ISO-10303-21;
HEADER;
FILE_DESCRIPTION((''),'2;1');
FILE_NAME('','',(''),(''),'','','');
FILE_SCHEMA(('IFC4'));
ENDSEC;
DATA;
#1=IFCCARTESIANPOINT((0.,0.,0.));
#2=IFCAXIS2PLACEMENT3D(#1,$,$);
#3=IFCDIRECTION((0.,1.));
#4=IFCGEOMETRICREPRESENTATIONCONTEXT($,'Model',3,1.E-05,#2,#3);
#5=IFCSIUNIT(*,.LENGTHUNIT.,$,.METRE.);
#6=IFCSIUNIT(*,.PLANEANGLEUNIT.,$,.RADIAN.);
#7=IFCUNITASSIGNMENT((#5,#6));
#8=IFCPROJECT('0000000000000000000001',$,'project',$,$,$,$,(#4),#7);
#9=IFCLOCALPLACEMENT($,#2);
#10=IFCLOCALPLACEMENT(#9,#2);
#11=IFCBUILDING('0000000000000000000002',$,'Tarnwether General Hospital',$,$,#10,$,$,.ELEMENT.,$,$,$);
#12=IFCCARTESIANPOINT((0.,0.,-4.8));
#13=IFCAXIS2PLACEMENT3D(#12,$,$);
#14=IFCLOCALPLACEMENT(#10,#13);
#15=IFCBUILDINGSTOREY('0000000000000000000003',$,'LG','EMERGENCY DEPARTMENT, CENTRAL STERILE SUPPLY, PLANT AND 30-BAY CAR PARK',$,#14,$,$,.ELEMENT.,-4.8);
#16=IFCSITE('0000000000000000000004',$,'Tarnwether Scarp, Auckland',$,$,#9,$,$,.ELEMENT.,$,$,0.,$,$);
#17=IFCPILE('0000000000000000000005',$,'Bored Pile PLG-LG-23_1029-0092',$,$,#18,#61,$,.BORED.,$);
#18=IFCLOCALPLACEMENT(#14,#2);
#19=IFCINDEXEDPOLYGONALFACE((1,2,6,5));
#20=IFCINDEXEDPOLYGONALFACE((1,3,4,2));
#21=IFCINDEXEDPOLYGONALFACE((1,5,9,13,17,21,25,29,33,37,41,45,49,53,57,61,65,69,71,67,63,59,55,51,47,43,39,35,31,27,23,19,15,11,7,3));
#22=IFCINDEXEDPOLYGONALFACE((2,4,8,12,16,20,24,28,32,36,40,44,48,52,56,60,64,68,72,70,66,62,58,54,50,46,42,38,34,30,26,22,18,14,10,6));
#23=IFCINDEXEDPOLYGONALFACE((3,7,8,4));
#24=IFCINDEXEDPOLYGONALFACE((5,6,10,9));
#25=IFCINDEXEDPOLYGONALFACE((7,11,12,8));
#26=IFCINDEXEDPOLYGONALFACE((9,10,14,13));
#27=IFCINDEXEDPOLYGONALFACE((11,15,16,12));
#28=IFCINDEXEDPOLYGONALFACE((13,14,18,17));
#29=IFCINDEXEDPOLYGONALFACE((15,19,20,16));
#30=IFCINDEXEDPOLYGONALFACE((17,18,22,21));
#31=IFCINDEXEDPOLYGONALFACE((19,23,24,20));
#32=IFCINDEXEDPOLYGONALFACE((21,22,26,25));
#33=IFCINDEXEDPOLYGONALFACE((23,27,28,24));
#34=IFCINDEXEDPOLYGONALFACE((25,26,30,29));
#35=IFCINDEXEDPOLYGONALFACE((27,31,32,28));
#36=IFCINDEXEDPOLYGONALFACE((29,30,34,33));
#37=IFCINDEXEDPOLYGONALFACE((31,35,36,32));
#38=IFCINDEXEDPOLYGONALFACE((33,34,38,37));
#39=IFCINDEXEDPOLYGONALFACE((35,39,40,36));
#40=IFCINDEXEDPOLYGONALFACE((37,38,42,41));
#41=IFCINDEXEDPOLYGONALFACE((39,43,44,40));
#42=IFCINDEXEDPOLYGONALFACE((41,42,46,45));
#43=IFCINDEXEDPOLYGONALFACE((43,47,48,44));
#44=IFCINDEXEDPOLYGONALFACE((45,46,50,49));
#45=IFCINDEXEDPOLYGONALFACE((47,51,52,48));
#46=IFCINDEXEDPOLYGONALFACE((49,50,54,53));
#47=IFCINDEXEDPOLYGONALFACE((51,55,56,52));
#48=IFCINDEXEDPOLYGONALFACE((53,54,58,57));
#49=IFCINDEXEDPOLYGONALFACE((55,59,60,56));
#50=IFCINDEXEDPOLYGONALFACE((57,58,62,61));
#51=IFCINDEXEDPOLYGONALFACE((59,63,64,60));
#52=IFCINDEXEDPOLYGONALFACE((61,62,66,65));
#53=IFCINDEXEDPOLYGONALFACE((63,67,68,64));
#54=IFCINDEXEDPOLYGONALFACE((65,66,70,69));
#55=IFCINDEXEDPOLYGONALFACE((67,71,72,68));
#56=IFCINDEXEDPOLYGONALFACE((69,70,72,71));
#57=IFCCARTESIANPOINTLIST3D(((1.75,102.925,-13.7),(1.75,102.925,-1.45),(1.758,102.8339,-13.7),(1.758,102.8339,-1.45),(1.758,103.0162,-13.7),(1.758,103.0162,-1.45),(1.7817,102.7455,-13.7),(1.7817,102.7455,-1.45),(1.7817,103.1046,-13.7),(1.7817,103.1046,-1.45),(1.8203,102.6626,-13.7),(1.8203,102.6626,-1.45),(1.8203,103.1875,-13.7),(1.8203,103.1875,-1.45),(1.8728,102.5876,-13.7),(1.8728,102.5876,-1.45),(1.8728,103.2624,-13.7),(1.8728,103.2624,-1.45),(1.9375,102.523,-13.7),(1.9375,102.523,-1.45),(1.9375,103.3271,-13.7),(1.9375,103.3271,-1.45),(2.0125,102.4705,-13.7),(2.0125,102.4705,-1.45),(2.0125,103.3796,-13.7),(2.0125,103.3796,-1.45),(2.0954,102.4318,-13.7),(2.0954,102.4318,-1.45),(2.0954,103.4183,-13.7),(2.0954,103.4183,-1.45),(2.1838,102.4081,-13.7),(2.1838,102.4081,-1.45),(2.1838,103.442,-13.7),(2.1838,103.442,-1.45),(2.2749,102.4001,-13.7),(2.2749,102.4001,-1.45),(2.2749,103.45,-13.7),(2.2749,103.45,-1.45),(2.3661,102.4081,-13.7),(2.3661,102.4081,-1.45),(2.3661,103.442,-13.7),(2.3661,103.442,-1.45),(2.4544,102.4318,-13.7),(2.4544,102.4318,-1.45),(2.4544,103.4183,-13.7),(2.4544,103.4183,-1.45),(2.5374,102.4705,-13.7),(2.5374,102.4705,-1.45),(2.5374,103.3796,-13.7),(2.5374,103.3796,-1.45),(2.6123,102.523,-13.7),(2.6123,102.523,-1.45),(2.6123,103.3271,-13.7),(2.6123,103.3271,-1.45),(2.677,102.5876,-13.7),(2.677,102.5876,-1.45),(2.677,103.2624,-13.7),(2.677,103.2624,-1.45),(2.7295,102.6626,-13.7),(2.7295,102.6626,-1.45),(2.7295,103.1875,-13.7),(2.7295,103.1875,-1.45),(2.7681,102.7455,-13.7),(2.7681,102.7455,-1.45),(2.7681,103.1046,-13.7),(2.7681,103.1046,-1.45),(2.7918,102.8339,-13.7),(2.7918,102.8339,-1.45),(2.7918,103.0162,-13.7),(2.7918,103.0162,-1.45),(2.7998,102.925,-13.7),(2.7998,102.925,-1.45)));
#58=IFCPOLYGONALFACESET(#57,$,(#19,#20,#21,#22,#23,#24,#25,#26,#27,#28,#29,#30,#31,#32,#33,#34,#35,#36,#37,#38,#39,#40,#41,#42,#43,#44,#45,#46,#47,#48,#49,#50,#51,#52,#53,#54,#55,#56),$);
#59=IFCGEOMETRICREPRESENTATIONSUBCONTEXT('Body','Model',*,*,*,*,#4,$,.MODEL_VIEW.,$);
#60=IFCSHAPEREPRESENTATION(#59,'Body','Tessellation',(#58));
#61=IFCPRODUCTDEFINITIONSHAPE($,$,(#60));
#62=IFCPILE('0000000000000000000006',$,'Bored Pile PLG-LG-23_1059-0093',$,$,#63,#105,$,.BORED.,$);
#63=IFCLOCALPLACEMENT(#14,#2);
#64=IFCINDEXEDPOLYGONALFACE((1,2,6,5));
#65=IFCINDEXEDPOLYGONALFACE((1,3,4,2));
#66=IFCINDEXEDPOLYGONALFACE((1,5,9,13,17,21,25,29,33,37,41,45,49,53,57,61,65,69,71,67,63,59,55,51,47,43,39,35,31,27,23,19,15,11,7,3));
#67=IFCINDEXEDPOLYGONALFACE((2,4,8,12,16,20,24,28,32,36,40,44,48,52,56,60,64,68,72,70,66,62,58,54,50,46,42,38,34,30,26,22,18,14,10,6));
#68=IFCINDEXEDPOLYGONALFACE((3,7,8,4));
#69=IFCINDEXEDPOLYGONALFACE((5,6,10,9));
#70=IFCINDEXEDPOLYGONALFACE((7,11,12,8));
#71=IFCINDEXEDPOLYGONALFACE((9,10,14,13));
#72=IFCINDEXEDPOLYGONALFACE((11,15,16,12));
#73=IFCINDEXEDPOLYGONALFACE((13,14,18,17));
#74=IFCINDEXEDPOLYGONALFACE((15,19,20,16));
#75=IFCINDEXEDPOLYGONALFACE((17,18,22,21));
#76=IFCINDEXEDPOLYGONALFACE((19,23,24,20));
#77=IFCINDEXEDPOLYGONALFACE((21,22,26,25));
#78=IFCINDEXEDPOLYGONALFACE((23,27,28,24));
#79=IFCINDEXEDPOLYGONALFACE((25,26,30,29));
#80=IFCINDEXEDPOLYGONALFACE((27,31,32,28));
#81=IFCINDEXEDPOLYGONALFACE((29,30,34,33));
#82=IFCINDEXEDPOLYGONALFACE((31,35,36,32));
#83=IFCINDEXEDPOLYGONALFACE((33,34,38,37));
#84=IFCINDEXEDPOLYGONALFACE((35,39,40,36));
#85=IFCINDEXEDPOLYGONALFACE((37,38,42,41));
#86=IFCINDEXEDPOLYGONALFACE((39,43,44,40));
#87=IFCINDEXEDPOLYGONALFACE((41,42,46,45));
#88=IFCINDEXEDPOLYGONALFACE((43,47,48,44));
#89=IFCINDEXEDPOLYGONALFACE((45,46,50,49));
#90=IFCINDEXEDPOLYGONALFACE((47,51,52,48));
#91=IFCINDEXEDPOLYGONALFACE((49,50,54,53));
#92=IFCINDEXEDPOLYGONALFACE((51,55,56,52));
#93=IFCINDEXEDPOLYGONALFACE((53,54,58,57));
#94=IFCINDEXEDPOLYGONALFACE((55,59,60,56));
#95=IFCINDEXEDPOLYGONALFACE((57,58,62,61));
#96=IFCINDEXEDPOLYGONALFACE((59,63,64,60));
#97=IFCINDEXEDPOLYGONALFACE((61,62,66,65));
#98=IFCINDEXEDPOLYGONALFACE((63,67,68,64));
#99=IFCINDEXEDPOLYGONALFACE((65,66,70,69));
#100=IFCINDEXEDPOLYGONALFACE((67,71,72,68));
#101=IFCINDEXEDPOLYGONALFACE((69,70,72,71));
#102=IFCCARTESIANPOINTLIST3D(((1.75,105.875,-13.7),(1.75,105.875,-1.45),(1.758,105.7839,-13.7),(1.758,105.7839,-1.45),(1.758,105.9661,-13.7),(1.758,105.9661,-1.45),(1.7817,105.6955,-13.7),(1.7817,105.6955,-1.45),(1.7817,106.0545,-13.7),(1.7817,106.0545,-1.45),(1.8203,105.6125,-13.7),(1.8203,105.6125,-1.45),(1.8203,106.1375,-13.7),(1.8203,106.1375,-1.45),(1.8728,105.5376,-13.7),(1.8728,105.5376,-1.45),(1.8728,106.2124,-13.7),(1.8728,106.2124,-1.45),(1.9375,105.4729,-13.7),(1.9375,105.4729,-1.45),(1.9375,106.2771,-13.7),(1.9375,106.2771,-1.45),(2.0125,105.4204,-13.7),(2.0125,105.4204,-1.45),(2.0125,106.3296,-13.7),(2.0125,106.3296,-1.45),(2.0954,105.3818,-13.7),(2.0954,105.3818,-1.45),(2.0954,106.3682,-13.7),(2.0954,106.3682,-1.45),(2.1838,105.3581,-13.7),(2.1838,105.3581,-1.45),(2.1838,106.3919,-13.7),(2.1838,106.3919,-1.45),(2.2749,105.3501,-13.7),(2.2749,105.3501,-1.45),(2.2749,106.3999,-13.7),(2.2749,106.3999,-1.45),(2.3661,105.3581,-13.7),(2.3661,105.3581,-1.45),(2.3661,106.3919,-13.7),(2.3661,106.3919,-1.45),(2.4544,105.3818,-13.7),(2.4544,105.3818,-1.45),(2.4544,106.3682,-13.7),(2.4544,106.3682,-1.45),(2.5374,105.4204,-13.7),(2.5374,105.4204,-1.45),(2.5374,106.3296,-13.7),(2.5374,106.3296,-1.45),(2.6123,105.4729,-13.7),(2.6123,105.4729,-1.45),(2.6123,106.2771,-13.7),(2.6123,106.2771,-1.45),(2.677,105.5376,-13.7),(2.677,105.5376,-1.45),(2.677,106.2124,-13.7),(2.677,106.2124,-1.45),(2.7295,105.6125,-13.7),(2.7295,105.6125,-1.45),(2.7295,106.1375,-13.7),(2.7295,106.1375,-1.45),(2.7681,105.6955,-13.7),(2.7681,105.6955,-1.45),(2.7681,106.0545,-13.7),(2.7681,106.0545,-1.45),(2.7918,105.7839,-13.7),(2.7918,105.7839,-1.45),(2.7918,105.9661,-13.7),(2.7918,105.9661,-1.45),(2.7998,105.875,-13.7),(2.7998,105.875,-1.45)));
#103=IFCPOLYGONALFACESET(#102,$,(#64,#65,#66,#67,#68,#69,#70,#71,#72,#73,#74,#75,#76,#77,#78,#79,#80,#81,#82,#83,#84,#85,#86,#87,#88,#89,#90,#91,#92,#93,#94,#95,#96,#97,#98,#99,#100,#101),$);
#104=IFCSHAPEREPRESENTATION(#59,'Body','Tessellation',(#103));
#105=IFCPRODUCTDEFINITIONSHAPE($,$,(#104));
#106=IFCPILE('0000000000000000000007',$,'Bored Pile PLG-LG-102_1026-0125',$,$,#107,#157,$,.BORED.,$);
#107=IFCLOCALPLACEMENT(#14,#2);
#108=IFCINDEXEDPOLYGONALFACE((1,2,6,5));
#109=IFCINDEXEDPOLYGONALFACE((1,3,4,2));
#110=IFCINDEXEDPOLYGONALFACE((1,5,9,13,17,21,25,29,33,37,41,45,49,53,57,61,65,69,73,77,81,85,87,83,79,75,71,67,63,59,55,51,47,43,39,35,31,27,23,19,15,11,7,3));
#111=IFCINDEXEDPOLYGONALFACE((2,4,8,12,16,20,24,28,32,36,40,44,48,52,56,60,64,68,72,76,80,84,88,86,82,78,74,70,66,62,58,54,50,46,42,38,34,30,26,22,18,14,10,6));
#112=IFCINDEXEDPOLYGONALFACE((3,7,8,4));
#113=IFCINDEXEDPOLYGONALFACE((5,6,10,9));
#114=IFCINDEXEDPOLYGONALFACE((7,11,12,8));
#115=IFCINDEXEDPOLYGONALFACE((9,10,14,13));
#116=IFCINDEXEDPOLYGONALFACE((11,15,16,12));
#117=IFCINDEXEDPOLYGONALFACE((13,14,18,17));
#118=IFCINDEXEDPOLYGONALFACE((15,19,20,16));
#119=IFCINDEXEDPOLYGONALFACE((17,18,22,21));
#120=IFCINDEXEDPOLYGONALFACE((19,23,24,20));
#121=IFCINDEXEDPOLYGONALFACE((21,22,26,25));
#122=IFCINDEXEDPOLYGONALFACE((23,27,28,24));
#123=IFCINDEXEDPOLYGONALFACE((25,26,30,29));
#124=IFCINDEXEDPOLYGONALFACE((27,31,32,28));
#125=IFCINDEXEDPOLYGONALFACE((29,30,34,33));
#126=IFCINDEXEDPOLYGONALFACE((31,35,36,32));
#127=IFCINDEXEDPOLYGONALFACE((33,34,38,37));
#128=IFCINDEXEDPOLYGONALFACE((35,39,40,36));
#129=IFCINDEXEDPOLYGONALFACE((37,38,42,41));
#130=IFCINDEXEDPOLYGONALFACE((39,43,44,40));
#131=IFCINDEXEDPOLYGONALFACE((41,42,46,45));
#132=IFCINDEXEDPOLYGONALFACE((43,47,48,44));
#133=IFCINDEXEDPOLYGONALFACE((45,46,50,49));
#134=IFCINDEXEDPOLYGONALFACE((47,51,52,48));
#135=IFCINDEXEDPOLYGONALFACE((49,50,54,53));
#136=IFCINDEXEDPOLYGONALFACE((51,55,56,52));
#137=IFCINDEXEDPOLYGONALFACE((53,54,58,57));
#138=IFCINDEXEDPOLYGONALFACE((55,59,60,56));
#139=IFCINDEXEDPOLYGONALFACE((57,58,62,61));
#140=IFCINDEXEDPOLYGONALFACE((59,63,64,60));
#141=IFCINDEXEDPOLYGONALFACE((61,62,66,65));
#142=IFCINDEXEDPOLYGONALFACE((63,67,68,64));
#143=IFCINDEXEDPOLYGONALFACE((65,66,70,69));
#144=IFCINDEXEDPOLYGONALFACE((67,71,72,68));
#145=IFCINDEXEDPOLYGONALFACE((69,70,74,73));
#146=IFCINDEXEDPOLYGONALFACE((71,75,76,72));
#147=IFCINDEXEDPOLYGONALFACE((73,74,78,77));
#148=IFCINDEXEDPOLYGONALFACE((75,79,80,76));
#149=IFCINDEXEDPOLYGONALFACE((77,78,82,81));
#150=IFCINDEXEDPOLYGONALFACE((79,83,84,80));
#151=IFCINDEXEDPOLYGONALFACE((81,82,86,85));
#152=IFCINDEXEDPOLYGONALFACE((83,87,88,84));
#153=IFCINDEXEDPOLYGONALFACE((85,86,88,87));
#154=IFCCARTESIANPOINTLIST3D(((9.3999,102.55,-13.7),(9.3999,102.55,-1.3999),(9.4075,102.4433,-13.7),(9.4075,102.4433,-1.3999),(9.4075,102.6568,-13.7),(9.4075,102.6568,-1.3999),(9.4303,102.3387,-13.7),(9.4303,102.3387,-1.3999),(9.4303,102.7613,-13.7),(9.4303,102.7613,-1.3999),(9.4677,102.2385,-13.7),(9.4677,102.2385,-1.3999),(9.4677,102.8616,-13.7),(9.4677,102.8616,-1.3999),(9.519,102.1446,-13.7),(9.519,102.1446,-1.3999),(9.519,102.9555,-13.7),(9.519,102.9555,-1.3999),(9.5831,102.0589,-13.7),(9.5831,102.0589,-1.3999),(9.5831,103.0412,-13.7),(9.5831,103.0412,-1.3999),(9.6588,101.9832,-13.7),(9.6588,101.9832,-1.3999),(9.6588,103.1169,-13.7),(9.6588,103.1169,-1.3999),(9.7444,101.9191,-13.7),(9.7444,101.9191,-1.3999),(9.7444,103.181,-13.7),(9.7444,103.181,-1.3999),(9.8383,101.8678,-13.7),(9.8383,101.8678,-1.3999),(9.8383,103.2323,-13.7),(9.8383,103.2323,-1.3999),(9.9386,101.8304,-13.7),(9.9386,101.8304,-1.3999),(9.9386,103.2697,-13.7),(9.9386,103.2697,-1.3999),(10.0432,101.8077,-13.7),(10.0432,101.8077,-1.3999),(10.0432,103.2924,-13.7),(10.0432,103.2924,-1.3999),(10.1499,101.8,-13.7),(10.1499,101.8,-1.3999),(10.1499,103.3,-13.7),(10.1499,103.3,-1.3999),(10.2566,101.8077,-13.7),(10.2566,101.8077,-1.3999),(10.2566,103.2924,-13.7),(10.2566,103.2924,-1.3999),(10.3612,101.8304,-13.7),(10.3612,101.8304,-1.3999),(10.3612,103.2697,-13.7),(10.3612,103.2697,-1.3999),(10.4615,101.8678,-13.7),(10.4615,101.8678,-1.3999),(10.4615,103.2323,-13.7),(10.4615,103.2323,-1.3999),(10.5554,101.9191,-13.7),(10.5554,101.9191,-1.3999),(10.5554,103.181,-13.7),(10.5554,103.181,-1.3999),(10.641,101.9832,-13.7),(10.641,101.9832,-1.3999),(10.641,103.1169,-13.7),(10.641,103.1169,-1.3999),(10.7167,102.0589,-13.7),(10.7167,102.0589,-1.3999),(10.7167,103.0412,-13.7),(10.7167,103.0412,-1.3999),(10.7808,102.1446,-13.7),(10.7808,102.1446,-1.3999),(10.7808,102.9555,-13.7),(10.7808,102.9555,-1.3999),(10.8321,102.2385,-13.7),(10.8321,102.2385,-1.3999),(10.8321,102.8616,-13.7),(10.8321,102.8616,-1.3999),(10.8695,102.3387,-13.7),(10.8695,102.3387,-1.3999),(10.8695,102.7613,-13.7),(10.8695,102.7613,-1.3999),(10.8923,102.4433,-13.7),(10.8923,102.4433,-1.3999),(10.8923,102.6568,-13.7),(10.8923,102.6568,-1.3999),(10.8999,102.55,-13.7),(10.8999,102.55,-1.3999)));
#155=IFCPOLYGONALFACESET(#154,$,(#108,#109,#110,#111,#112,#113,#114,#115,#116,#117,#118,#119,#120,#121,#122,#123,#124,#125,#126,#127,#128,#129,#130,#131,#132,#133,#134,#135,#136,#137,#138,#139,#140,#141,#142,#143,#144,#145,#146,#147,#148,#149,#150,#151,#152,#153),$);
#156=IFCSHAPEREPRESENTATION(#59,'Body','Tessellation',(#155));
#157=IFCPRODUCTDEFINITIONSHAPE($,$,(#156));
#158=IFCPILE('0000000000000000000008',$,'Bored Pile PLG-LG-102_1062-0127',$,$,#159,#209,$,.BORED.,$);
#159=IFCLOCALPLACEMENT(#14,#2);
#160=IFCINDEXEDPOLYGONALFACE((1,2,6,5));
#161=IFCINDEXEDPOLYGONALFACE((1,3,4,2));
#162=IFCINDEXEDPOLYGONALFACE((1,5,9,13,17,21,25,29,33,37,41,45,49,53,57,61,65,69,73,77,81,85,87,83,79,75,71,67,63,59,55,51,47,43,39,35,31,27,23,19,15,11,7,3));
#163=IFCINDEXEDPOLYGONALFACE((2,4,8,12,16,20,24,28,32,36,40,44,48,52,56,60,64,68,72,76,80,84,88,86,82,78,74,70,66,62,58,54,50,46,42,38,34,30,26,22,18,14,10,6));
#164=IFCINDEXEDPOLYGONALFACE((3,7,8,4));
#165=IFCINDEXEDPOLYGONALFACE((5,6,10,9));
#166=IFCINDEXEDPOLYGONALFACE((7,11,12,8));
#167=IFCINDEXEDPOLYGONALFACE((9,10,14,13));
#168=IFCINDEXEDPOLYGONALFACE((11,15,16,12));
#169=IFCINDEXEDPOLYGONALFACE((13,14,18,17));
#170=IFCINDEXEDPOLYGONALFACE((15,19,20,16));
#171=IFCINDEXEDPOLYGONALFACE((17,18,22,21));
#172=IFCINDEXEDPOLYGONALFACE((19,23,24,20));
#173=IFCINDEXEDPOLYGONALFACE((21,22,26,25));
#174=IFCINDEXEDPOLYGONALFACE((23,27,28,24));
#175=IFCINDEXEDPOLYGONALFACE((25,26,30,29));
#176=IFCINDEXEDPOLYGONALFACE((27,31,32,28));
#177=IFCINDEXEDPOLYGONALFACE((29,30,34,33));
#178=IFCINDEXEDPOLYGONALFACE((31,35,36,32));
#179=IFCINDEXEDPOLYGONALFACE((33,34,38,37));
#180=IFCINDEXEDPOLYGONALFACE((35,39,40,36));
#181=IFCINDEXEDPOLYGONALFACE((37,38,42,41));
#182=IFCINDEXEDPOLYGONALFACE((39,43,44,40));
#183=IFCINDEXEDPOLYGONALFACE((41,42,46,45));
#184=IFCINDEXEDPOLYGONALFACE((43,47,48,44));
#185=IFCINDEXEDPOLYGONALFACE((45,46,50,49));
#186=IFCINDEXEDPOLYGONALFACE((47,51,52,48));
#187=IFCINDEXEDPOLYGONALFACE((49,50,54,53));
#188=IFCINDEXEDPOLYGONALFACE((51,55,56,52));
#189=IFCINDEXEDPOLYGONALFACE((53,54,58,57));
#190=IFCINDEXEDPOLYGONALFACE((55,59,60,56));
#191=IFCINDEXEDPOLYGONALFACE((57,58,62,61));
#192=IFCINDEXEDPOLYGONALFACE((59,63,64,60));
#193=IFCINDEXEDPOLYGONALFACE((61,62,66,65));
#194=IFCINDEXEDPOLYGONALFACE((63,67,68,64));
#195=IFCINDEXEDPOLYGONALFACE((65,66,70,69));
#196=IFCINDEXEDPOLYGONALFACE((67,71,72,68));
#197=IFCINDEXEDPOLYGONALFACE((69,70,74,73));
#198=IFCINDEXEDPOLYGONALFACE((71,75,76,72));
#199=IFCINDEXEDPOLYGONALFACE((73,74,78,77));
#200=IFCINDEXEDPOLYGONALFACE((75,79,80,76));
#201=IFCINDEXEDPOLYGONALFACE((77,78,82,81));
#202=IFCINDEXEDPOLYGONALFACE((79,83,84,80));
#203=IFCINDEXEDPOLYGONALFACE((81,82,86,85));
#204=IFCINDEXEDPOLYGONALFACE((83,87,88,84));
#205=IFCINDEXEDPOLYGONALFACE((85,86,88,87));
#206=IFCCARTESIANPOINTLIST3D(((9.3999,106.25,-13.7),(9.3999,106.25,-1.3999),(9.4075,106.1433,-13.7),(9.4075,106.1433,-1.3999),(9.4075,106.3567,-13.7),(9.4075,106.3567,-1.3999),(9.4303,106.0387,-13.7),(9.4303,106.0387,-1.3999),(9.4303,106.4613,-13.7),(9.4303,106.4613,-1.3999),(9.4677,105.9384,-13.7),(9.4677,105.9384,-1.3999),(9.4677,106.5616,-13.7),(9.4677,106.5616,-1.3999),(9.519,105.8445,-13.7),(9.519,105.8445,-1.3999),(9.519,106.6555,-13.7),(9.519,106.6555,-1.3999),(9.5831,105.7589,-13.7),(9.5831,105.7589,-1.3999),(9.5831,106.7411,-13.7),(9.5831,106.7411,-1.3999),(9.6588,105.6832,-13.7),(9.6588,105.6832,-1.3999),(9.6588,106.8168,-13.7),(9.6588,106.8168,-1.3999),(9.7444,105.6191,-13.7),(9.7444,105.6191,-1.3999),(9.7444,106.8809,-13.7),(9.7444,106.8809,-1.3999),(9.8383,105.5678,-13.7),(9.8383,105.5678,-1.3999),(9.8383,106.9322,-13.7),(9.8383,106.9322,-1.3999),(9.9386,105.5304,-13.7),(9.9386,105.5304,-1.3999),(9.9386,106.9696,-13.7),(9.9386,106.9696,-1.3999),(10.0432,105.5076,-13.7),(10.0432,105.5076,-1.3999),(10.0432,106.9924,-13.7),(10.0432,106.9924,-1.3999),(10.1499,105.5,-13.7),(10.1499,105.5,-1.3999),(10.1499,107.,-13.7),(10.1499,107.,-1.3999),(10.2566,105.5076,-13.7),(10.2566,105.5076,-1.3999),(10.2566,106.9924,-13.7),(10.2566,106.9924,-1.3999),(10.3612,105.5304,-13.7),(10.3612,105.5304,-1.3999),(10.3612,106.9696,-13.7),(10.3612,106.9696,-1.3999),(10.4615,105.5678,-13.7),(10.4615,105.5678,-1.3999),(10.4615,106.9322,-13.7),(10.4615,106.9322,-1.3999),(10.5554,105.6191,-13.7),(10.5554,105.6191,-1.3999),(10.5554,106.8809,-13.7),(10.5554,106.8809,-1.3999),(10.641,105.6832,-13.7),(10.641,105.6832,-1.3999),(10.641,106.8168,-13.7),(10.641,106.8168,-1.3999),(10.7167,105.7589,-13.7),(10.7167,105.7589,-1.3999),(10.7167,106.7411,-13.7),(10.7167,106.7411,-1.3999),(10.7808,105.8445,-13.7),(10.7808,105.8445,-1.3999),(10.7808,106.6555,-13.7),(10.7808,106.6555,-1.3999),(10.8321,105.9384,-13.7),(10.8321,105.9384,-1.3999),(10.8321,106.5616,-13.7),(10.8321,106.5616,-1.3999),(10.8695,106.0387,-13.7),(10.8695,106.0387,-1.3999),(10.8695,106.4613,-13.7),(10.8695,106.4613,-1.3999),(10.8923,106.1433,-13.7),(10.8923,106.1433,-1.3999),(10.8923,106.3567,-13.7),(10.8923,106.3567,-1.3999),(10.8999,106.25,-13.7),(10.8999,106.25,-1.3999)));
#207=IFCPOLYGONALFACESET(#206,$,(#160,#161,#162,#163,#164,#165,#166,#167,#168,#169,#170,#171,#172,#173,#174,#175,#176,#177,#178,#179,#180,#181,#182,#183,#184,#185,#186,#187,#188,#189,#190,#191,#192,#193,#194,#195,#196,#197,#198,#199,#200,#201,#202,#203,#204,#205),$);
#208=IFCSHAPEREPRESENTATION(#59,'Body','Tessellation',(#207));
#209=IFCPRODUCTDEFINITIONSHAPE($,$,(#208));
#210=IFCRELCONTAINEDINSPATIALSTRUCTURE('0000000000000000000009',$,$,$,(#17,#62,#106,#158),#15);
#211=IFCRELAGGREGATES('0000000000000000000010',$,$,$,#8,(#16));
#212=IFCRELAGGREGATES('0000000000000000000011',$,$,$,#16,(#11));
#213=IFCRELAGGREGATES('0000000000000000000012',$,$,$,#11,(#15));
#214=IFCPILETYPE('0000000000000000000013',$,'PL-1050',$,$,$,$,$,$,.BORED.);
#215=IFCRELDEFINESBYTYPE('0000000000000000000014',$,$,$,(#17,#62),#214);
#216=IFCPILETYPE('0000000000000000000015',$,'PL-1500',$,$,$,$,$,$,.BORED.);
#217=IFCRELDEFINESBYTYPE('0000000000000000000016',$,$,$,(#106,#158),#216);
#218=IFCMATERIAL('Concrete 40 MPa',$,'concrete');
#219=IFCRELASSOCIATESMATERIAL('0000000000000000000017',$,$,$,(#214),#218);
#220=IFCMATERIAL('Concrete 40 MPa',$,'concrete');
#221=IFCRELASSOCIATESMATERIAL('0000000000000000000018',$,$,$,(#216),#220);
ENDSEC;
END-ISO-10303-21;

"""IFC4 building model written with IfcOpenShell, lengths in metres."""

from ifc_helpers import new_model, si_unit, direction, frame, origin, origin_2d, place, context, subcontext, project, spatial, circle, extrude, material, material_profile, profile_set, type_object, element, save


model = new_model("IFC4")

# Units and contexts
model_context = context("Model", 3, precision=1e-05, world=origin(), true_north=direction((0.0, 1.0)))
body_context = subcontext(model_context, "Body", "Model", "MODEL_VIEW")
ifc_project = project(units=[si_unit("LENGTHUNIT", "METRE"), si_unit("PLANEANGLEUNIT", "RADIAN")], contexts=[model_context])

# Site, building, storey
site_placement = place(None, origin())
site = spatial("IfcSite", under=ifc_project, at=site_placement, Name="Tarnwether Scarp, Auckland", CompositionType="ELEMENT", RefElevation=0.0)
building_placement = place(site_placement, origin())
building = spatial("IfcBuilding", under=site, at=building_placement, Name="Tarnwether General Hospital", CompositionType="ELEMENT")
storey_placement = place(building_placement, frame((0.0, 0.0, -4.8)))
storey = spatial("IfcBuildingStorey", under=building, at=storey_placement, Name="LG", Description="EMERGENCY DEPARTMENT, CENTRAL STERILE SUPPLY, PLANT AND 30-BAY CAR PARK", CompositionType="ELEMENT", Elevation=-4.8)

# Piles
ifc_material_1 = material(Name="Concrete 40 MPa", Category="concrete")
ifc_material_profile_1 = material_profile(ifc_material_1, circle(Radius=0.5249, at=origin_2d()), Name="PILE-D1050")
ifc_profile_set_1 = profile_set([ifc_material_profile_1], Name="Concrete 40 MPa")
pile_type_1 = type_object("IfcPileType", Name="PL-1050", PredefinedType="BORED", material=ifc_profile_set_1)
for number, where, z_axis, x_axis, name in (
    (1, (2.2749, 102.925, -1.45), (0.0, 0.0, -1.0), (1.0, 0.0, 0.0), "Bored Pile PLG-LG-23_1029-0092"),
    (2, (2.2749, 105.875, -1.45), (0.0, 0.0, -1.0), (1.0, 0.0, 0.0), "Bored Pile PLG-LG-23_1059-0093"),
):
    element("IfcPile", number, at=place(storey_placement, frame(where, z_axis=z_axis, x_axis=x_axis)), inside=storey, type_object=pile_type_1, Name=name, PredefinedType="BORED", context=body_context, shape_type="SweptSolid", body=[
        extrude(circle(Radius=0.5249, at=origin_2d()), origin(), (0.0, 0.0, 1.0), 12.25),
    ])
ifc_material_2 = material(Name="Concrete 40 MPa", Category="concrete")
ifc_material_profile_2 = material_profile(ifc_material_2, circle(Radius=0.75, at=origin_2d()), Name="PILE-D1500")
ifc_profile_set_2 = profile_set([ifc_material_profile_2], Name="Concrete 40 MPa")
pile_type_2 = type_object("IfcPileType", Name="PL-1500", PredefinedType="BORED", material=ifc_profile_set_2)
for number, where, z_axis, x_axis, name in (
    (3, (10.1499, 102.55, -1.3999), (0.0, 0.0, -1.0), (1.0, 0.0, 0.0), "Bored Pile PLG-LG-102_1026-0125"),
    (4, (10.1499, 106.25, -1.3999), (0.0, 0.0, -1.0), (1.0, 0.0, 0.0), "Bored Pile PLG-LG-102_1062-0127"),
):
    element("IfcPile", number, at=place(storey_placement, frame(where, z_axis=z_axis, x_axis=x_axis)), inside=storey, type_object=pile_type_2, Name=name, PredefinedType="BORED", context=body_context, shape_type="SweptSolid", body=[
        extrude(circle(Radius=0.75, at=origin_2d()), origin(), (0.0, 0.0, 1.0), 12.3),
    ])

save(model, "model.ifc")
